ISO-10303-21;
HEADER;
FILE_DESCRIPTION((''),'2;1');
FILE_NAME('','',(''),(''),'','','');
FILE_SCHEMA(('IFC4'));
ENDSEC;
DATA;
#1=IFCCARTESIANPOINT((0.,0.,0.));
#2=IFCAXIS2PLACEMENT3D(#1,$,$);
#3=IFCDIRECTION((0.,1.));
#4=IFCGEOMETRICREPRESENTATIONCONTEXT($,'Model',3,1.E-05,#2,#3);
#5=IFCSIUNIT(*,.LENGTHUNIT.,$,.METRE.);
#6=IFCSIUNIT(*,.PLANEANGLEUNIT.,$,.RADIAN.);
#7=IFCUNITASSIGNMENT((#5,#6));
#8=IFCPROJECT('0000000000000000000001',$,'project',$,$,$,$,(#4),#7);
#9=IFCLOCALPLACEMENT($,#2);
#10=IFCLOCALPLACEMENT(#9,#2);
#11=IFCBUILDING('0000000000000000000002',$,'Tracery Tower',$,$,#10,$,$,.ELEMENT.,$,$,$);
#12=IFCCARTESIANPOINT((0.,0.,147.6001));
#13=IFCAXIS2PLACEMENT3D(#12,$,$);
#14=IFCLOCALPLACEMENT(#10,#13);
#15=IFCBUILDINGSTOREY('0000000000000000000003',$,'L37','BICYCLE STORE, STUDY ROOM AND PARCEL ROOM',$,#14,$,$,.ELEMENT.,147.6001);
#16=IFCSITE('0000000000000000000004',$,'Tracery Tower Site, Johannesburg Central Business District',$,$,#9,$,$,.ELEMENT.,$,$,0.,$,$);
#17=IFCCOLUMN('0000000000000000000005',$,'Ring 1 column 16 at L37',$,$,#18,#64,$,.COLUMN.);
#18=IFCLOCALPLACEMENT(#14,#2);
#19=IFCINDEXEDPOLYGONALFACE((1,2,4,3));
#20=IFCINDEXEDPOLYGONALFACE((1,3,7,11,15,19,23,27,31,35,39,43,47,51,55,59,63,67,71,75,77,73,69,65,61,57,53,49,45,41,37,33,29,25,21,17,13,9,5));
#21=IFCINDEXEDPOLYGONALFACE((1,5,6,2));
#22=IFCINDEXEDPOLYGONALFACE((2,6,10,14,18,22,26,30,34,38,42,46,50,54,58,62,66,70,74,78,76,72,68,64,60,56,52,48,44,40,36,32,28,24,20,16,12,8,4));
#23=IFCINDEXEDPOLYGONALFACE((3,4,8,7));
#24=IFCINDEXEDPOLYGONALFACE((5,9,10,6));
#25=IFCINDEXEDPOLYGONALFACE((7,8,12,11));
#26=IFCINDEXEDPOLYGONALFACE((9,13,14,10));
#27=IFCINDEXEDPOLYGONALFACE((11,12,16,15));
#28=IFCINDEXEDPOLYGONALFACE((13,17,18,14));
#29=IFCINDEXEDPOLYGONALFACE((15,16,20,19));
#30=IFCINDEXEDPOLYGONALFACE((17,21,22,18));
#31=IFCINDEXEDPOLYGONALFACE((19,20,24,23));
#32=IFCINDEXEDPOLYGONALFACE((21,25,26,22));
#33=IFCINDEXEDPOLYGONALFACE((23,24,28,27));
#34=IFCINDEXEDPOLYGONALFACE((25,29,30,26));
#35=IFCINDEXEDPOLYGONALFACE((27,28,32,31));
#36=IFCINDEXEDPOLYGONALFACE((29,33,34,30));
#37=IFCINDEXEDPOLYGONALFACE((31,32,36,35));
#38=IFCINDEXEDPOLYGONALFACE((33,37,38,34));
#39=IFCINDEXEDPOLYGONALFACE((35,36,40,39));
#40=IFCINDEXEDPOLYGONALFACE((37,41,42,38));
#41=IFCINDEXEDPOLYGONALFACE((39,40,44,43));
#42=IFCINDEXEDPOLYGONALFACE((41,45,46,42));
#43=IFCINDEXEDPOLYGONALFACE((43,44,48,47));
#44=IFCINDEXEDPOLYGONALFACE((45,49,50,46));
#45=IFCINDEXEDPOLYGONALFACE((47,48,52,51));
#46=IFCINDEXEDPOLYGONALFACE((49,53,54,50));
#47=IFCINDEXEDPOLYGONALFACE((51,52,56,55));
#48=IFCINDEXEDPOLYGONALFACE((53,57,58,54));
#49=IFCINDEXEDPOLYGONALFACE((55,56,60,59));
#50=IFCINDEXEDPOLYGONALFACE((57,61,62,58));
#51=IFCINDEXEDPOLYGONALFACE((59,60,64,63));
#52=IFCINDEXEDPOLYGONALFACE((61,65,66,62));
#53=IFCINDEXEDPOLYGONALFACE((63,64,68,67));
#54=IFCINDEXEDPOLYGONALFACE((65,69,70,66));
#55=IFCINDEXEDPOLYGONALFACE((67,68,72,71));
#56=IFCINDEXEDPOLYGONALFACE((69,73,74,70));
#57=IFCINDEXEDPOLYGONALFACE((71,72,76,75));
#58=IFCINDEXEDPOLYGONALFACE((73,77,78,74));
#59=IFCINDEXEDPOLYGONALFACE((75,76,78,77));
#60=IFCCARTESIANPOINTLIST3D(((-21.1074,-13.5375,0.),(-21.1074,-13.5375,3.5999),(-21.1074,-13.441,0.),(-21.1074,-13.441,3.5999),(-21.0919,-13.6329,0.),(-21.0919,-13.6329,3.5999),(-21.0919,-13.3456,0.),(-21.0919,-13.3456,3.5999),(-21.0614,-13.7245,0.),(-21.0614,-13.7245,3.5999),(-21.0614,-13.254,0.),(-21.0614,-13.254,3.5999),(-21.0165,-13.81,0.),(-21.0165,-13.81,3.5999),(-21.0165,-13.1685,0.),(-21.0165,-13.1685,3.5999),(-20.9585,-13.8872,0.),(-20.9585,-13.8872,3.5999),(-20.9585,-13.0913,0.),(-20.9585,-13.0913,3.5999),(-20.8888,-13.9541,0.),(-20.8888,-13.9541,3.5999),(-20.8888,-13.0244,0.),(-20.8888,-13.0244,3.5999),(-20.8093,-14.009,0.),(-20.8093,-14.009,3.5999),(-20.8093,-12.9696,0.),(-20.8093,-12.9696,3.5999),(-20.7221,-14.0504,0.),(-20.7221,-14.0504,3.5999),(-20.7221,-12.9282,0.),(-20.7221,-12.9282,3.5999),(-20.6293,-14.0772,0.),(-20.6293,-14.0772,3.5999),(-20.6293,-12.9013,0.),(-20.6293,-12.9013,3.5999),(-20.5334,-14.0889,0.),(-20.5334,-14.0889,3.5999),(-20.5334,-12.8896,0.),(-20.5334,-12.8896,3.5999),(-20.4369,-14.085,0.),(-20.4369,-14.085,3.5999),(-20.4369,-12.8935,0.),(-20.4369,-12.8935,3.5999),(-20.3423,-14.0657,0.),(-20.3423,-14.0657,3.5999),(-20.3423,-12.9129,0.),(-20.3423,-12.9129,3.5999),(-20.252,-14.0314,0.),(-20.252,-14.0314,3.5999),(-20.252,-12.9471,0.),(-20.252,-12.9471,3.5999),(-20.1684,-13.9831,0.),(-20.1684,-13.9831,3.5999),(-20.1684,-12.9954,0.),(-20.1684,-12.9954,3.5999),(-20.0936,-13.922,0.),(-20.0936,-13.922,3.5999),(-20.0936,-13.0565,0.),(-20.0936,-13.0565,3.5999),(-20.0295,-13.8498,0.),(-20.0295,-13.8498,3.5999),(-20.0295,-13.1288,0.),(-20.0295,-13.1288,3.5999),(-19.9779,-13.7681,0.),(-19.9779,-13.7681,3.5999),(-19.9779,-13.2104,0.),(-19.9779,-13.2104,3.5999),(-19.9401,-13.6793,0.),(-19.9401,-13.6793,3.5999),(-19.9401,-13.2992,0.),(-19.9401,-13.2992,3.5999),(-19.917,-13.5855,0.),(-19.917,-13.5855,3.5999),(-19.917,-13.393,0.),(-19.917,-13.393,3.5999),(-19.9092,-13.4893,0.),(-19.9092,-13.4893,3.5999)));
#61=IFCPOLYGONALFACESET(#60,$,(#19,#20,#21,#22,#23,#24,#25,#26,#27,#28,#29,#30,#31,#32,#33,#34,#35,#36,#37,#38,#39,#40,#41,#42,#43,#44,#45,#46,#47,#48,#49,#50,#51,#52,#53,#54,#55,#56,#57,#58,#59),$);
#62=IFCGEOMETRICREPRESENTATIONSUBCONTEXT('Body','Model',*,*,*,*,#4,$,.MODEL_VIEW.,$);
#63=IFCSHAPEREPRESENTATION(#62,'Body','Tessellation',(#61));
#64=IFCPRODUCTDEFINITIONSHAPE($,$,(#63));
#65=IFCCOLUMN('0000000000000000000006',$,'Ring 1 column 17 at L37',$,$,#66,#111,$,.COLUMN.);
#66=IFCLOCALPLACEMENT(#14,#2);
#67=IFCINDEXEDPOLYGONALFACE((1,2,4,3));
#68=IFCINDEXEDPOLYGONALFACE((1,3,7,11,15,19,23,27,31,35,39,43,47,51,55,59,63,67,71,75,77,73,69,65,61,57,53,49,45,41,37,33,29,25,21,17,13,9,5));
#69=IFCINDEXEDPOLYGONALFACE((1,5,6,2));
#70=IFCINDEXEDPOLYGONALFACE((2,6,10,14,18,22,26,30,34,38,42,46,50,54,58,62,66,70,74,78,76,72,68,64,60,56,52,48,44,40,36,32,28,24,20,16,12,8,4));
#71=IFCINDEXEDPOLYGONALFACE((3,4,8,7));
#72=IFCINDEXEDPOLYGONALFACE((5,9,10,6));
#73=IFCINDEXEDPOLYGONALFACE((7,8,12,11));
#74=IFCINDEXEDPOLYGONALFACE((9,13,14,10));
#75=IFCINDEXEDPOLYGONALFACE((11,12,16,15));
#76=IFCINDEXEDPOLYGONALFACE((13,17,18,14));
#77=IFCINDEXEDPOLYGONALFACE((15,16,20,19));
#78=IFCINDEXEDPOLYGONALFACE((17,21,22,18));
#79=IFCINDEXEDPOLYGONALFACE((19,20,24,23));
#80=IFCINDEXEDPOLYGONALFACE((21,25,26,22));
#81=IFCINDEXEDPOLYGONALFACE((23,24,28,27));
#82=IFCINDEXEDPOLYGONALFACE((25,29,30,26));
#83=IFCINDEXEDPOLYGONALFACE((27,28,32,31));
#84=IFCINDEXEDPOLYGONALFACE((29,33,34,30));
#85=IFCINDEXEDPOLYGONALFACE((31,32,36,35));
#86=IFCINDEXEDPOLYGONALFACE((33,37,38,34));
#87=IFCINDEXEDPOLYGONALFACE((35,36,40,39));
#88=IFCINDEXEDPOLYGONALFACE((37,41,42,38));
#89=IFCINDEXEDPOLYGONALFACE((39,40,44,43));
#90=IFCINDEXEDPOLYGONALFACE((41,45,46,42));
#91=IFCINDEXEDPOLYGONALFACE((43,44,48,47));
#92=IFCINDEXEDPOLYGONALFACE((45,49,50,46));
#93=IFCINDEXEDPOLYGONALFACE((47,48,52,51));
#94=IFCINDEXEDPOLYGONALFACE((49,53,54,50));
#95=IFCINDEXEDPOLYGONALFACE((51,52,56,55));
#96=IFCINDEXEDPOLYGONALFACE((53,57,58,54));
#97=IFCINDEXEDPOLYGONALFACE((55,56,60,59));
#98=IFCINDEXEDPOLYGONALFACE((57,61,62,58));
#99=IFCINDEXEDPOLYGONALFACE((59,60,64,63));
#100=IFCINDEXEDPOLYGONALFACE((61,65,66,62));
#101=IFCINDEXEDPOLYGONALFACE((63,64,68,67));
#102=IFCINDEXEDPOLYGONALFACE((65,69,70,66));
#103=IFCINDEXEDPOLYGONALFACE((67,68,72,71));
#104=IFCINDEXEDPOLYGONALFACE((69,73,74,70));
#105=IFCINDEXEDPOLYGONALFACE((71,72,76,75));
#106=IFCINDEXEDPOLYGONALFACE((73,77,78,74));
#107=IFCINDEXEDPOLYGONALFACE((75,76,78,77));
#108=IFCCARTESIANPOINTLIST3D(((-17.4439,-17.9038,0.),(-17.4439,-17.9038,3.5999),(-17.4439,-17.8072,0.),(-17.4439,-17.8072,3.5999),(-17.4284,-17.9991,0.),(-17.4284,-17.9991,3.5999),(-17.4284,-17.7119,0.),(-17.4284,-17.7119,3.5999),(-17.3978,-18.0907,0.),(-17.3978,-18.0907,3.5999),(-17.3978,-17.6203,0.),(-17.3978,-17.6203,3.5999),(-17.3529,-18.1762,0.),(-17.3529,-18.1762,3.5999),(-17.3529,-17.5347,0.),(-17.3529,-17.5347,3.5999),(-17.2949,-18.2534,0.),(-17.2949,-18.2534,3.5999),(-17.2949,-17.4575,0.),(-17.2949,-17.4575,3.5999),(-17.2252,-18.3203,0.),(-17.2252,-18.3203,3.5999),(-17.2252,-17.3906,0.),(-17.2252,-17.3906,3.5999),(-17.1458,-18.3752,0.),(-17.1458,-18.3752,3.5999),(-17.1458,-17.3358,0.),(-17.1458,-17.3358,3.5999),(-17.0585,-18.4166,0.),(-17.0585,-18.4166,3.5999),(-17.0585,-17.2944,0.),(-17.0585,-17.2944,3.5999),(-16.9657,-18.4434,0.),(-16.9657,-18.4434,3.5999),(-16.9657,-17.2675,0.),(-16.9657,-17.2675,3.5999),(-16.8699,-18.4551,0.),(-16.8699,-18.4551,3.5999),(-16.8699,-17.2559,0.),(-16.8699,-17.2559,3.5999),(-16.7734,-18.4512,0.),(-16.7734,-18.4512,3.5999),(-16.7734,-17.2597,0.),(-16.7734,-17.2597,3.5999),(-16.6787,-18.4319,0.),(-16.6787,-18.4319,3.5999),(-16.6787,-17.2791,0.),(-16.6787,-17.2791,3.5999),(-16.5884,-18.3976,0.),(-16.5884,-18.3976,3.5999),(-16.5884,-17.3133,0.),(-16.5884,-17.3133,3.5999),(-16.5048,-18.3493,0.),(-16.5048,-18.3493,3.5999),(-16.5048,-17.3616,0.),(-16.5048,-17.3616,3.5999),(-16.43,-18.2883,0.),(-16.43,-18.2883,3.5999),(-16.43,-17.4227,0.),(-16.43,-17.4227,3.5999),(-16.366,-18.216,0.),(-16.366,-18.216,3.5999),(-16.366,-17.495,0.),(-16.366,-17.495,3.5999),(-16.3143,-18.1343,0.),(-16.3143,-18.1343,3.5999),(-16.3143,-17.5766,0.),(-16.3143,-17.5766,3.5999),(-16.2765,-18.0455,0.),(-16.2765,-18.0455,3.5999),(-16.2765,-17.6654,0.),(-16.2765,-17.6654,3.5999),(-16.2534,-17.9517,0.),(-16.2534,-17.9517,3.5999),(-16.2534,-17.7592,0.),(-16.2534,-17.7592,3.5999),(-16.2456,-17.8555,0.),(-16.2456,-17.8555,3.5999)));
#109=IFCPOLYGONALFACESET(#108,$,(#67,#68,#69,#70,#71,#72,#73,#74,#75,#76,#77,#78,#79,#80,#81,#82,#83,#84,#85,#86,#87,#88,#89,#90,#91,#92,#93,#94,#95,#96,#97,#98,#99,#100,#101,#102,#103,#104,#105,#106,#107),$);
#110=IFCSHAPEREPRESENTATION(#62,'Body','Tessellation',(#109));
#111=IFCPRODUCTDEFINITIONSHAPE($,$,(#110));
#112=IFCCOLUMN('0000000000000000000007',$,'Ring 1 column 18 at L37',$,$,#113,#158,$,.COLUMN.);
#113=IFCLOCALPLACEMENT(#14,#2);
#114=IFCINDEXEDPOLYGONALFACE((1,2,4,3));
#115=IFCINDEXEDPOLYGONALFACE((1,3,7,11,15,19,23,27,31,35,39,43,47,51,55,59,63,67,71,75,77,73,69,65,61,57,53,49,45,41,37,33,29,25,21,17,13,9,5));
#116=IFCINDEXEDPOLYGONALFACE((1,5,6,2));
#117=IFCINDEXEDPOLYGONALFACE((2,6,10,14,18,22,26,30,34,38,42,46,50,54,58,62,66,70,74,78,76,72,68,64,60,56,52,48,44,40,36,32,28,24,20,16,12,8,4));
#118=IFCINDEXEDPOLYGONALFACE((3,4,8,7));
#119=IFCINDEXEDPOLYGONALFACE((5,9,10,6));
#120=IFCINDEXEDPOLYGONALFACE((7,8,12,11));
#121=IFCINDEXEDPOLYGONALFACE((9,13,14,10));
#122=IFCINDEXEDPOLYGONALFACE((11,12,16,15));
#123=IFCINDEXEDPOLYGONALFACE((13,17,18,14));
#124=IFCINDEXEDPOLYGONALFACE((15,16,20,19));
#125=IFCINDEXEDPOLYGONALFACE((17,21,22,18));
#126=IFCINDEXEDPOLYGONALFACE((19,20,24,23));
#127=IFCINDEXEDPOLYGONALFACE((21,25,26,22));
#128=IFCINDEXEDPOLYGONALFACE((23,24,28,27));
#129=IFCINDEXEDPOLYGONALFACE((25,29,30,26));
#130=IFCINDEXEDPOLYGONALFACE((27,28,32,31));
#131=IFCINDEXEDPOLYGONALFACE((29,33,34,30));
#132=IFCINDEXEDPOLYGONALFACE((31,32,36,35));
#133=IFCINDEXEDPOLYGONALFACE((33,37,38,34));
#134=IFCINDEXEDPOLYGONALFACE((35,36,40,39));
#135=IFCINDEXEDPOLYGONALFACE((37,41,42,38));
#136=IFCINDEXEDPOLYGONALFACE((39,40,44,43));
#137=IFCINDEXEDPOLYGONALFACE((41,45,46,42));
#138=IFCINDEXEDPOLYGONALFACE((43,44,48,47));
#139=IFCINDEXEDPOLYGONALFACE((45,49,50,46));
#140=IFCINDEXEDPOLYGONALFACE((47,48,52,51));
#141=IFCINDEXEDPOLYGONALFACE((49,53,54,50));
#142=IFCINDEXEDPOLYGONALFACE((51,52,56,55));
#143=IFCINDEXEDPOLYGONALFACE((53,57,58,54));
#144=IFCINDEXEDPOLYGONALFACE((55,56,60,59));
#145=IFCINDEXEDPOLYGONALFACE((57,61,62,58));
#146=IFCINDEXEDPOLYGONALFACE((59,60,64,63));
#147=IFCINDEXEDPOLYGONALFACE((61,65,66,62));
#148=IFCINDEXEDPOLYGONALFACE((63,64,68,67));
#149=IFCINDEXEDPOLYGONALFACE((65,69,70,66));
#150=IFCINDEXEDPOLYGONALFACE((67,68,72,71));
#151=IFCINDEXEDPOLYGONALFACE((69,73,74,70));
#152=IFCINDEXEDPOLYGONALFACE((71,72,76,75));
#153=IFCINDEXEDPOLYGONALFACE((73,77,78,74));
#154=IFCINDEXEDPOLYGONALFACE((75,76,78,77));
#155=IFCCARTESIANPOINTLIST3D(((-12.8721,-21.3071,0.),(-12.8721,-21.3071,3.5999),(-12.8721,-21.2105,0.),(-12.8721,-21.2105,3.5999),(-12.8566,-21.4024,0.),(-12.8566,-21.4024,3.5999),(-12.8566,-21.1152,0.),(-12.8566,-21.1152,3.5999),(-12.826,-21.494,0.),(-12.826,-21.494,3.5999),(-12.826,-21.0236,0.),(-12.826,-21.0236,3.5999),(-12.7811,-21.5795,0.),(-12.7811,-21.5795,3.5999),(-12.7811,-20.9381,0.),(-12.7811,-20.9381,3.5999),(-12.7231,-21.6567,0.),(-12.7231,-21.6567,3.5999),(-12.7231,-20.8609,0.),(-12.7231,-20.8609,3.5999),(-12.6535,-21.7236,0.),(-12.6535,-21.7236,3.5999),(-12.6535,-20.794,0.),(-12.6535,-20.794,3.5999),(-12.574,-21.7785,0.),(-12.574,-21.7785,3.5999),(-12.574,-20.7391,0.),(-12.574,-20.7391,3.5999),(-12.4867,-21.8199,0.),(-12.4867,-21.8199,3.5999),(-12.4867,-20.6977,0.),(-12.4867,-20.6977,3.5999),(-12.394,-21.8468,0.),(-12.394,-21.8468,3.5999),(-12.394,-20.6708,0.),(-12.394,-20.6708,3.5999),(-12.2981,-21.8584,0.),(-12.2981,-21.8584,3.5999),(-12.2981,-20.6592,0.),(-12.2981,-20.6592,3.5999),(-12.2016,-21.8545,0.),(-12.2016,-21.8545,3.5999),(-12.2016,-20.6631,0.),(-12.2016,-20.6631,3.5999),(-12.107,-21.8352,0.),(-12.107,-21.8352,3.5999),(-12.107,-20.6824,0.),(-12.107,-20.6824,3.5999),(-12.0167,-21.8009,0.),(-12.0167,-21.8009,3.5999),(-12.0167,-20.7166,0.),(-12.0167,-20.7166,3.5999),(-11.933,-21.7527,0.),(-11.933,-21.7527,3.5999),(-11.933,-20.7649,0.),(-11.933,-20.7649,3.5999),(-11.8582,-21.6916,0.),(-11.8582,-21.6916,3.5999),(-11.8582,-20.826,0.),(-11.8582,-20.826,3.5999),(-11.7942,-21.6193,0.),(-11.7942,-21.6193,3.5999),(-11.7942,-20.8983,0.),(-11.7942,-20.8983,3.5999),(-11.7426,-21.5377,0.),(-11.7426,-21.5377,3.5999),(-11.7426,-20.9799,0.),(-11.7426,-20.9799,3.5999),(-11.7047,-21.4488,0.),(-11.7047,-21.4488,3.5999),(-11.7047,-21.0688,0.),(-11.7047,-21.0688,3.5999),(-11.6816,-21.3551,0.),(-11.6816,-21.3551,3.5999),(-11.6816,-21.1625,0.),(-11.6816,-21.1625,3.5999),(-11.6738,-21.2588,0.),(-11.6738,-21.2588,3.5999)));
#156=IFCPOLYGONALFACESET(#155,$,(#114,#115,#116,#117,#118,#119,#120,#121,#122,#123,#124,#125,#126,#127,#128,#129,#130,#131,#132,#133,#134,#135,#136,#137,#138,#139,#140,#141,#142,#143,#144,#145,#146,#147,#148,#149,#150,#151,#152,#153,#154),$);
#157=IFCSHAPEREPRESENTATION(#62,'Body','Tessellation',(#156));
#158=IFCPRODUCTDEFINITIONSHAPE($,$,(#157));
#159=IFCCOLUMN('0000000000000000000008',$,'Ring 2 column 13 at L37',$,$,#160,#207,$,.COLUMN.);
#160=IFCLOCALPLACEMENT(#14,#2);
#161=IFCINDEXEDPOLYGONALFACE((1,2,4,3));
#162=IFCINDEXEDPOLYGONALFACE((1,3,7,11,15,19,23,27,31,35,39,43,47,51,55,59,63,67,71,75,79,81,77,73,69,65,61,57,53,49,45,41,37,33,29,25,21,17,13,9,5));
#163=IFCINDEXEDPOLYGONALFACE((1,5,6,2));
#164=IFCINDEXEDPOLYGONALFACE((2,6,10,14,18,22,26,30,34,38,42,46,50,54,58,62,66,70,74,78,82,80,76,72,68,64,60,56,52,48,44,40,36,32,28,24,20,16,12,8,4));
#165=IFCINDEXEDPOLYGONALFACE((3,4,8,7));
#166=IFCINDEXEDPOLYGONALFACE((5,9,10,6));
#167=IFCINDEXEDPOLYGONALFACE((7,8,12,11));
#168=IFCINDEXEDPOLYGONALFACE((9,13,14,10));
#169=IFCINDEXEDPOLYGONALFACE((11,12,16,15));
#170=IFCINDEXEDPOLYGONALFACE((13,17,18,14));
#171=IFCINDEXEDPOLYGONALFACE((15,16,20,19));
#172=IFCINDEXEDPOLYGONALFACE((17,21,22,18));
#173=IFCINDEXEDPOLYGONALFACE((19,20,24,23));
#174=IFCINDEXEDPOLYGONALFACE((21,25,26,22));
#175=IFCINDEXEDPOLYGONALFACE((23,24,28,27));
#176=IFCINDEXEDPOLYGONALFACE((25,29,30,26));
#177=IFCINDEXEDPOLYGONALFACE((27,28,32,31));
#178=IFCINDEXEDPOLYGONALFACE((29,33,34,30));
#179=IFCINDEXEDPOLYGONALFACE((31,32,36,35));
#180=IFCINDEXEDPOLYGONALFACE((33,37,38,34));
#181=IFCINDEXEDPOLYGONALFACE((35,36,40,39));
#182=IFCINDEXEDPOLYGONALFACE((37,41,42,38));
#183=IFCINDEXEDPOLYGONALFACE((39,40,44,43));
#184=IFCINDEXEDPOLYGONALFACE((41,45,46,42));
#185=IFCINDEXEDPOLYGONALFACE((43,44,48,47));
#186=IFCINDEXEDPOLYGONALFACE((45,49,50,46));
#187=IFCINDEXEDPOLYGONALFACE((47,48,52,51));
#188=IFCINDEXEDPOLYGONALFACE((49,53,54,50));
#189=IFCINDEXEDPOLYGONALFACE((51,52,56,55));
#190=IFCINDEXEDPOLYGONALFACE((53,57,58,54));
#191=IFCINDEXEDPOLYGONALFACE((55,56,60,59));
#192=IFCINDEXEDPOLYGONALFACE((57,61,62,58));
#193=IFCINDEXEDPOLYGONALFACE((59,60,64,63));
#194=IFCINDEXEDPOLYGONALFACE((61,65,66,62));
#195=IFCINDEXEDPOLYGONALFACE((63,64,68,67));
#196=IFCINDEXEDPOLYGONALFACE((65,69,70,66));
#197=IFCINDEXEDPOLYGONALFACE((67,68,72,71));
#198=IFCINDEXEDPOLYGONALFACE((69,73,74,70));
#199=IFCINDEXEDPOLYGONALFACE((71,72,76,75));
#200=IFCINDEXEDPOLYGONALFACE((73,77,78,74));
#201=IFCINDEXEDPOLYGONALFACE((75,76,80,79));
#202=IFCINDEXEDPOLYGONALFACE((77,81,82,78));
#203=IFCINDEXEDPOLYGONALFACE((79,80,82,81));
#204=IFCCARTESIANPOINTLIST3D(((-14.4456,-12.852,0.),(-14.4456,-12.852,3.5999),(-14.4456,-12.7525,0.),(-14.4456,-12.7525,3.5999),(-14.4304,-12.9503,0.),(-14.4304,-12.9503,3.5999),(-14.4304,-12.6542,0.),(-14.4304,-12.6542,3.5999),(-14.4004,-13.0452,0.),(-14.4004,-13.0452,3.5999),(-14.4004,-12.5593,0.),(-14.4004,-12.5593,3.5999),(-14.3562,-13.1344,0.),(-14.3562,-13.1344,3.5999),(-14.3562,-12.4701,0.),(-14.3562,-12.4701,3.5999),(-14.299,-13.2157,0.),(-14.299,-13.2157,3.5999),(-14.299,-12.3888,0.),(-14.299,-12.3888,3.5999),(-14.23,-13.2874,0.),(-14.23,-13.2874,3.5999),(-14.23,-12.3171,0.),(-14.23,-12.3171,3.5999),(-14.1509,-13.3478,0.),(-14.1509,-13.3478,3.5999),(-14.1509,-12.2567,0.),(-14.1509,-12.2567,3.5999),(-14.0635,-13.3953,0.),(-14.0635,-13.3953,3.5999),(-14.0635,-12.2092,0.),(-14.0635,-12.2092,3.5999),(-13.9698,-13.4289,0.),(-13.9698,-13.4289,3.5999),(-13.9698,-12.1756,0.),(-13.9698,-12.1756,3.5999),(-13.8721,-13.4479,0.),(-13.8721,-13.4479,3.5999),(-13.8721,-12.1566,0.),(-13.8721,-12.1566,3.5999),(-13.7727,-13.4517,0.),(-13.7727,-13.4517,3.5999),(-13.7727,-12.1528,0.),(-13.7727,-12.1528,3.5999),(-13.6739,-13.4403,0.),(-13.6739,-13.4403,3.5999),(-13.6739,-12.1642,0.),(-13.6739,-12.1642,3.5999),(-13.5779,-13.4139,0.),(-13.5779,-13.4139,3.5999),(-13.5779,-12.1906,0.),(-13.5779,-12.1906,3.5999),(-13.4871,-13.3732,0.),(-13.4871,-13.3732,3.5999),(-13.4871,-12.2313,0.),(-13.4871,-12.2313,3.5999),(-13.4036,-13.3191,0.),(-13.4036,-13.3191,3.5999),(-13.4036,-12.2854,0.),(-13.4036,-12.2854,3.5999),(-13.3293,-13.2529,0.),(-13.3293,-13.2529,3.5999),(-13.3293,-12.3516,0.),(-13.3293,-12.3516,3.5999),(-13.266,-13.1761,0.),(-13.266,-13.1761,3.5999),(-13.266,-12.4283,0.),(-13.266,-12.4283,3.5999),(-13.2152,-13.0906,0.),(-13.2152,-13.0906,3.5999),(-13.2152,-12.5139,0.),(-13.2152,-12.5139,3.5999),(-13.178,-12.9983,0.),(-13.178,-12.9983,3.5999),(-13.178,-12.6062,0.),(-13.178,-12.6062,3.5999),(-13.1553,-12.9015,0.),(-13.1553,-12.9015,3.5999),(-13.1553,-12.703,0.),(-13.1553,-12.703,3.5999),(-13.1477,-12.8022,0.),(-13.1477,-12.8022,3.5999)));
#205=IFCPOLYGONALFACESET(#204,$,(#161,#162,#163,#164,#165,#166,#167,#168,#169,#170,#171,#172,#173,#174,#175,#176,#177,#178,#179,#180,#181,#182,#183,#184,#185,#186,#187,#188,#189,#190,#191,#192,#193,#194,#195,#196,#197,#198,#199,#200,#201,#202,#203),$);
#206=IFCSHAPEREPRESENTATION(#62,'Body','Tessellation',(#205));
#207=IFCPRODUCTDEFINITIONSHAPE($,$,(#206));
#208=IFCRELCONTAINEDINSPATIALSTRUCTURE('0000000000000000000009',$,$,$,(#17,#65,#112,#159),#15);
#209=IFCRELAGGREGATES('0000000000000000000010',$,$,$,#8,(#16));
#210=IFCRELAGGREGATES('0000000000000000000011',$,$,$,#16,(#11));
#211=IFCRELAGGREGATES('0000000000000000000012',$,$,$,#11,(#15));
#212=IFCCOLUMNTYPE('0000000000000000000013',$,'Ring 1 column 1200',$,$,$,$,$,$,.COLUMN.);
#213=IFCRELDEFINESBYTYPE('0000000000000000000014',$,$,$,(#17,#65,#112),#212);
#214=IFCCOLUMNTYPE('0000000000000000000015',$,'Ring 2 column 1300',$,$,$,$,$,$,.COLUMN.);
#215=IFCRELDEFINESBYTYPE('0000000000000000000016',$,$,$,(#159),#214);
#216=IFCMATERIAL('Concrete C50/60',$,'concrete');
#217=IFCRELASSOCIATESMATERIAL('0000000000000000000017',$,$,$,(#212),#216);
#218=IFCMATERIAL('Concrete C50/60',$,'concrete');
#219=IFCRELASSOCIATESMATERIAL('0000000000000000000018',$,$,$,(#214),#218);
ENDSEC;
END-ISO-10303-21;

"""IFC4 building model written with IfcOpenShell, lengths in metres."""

from ifc_helpers import new_model, si_unit, direction, frame, origin, origin_2d, place, context, subcontext, project, spatial, circle, extrude, material, material_profile, profile_set, type_object, element, save


model = new_model("IFC4")

# Units and contexts
model_context = context("Model", 3, precision=1e-05, world=origin(), true_north=direction((0.0, 1.0)))
body_context = subcontext(model_context, "Body", "Model", "MODEL_VIEW")
ifc_project = project(units=[si_unit("LENGTHUNIT", "METRE"), si_unit("PLANEANGLEUNIT", "RADIAN")], contexts=[model_context])

# Site, building, storey
site_placement = place(None, origin())
site = spatial("IfcSite", under=ifc_project, at=site_placement, Name="Tracery Tower Site, Johannesburg Central Business District", CompositionType="ELEMENT", RefElevation=0.0)
building_placement = place(site_placement, origin())
building = spatial("IfcBuilding", under=site, at=building_placement, Name="Tracery Tower", CompositionType="ELEMENT")
storey_placement = place(building_placement, frame((0.0, 0.0, 147.6001)))
storey = spatial("IfcBuildingStorey", under=building, at=storey_placement, Name="L37", Description="BICYCLE STORE, STUDY ROOM AND PARCEL ROOM", CompositionType="ELEMENT", Elevation=147.6001)

# Columns
ifc_material_1 = material(Name="Concrete C50/60", Category="concrete")
ifc_material_profile_1 = material_profile(ifc_material_1, circle(Radius=0.6001, at=origin_2d()), Name="RC D1200")
ifc_profile_set_1 = profile_set([ifc_material_profile_1], Name="Concrete C50/60")
column_type_1 = type_object("IfcColumnType", Name="Ring 1 column 1200", PredefinedType="COLUMN", material=ifc_profile_set_1)
for number, where, z_axis, x_axis, name in (
    (1, (-20.5093, -13.4893, 0.0), (0.0, 0.0, 1.0), (1.0, 0.0, 0.0), "Ring 1 column 16 at L37"),
    (2, (-16.8457, -17.8555, 0.0), (0.0, 0.0, 1.0), (1.0, 0.0, 0.0), "Ring 1 column 17 at L37"),
    (3, (-12.2739, -21.2588, 0.0), (0.0, 0.0, 1.0), (1.0, 0.0, 0.0), "Ring 1 column 18 at L37"),
):
    element("IfcColumn", number, at=place(storey_placement, frame(where, z_axis=z_axis, x_axis=x_axis)), inside=storey, type_object=column_type_1, Name=name, PredefinedType="COLUMN", context=body_context, shape_type="SweptSolid", body=[
        extrude(circle(Radius=0.6001, at=origin_2d()), origin(), (0.0, 0.0, 1.0), 3.5999),
    ])
ifc_material_2 = material(Name="Concrete C50/60", Category="concrete")
ifc_material_profile_2 = material_profile(ifc_material_2, circle(Radius=0.6499, at=origin_2d()), Name="RC D1300")
ifc_profile_set_2 = profile_set([ifc_material_profile_2], Name="Concrete C50/60")
column_type_2 = type_object("IfcColumnType", Name="Ring 2 column 1300", PredefinedType="COLUMN", material=ifc_profile_set_2)
column_placement = place(storey_placement, frame((-13.7976, -12.8022, 0.0), z_axis=(0.0, 0.0, 1.0), x_axis=(1.0, 0.0, 0.0)))
element("IfcColumn", 4, at=column_placement, inside=storey, type_object=column_type_2, Name="Ring 2 column 13 at L37", PredefinedType="COLUMN", context=body_context, shape_type="SweptSolid", body=[
    extrude(circle(Radius=0.6499, at=origin_2d()), origin(), (0.0, 0.0, 1.0), 3.5999),
])

save(model, "model.ifc")
